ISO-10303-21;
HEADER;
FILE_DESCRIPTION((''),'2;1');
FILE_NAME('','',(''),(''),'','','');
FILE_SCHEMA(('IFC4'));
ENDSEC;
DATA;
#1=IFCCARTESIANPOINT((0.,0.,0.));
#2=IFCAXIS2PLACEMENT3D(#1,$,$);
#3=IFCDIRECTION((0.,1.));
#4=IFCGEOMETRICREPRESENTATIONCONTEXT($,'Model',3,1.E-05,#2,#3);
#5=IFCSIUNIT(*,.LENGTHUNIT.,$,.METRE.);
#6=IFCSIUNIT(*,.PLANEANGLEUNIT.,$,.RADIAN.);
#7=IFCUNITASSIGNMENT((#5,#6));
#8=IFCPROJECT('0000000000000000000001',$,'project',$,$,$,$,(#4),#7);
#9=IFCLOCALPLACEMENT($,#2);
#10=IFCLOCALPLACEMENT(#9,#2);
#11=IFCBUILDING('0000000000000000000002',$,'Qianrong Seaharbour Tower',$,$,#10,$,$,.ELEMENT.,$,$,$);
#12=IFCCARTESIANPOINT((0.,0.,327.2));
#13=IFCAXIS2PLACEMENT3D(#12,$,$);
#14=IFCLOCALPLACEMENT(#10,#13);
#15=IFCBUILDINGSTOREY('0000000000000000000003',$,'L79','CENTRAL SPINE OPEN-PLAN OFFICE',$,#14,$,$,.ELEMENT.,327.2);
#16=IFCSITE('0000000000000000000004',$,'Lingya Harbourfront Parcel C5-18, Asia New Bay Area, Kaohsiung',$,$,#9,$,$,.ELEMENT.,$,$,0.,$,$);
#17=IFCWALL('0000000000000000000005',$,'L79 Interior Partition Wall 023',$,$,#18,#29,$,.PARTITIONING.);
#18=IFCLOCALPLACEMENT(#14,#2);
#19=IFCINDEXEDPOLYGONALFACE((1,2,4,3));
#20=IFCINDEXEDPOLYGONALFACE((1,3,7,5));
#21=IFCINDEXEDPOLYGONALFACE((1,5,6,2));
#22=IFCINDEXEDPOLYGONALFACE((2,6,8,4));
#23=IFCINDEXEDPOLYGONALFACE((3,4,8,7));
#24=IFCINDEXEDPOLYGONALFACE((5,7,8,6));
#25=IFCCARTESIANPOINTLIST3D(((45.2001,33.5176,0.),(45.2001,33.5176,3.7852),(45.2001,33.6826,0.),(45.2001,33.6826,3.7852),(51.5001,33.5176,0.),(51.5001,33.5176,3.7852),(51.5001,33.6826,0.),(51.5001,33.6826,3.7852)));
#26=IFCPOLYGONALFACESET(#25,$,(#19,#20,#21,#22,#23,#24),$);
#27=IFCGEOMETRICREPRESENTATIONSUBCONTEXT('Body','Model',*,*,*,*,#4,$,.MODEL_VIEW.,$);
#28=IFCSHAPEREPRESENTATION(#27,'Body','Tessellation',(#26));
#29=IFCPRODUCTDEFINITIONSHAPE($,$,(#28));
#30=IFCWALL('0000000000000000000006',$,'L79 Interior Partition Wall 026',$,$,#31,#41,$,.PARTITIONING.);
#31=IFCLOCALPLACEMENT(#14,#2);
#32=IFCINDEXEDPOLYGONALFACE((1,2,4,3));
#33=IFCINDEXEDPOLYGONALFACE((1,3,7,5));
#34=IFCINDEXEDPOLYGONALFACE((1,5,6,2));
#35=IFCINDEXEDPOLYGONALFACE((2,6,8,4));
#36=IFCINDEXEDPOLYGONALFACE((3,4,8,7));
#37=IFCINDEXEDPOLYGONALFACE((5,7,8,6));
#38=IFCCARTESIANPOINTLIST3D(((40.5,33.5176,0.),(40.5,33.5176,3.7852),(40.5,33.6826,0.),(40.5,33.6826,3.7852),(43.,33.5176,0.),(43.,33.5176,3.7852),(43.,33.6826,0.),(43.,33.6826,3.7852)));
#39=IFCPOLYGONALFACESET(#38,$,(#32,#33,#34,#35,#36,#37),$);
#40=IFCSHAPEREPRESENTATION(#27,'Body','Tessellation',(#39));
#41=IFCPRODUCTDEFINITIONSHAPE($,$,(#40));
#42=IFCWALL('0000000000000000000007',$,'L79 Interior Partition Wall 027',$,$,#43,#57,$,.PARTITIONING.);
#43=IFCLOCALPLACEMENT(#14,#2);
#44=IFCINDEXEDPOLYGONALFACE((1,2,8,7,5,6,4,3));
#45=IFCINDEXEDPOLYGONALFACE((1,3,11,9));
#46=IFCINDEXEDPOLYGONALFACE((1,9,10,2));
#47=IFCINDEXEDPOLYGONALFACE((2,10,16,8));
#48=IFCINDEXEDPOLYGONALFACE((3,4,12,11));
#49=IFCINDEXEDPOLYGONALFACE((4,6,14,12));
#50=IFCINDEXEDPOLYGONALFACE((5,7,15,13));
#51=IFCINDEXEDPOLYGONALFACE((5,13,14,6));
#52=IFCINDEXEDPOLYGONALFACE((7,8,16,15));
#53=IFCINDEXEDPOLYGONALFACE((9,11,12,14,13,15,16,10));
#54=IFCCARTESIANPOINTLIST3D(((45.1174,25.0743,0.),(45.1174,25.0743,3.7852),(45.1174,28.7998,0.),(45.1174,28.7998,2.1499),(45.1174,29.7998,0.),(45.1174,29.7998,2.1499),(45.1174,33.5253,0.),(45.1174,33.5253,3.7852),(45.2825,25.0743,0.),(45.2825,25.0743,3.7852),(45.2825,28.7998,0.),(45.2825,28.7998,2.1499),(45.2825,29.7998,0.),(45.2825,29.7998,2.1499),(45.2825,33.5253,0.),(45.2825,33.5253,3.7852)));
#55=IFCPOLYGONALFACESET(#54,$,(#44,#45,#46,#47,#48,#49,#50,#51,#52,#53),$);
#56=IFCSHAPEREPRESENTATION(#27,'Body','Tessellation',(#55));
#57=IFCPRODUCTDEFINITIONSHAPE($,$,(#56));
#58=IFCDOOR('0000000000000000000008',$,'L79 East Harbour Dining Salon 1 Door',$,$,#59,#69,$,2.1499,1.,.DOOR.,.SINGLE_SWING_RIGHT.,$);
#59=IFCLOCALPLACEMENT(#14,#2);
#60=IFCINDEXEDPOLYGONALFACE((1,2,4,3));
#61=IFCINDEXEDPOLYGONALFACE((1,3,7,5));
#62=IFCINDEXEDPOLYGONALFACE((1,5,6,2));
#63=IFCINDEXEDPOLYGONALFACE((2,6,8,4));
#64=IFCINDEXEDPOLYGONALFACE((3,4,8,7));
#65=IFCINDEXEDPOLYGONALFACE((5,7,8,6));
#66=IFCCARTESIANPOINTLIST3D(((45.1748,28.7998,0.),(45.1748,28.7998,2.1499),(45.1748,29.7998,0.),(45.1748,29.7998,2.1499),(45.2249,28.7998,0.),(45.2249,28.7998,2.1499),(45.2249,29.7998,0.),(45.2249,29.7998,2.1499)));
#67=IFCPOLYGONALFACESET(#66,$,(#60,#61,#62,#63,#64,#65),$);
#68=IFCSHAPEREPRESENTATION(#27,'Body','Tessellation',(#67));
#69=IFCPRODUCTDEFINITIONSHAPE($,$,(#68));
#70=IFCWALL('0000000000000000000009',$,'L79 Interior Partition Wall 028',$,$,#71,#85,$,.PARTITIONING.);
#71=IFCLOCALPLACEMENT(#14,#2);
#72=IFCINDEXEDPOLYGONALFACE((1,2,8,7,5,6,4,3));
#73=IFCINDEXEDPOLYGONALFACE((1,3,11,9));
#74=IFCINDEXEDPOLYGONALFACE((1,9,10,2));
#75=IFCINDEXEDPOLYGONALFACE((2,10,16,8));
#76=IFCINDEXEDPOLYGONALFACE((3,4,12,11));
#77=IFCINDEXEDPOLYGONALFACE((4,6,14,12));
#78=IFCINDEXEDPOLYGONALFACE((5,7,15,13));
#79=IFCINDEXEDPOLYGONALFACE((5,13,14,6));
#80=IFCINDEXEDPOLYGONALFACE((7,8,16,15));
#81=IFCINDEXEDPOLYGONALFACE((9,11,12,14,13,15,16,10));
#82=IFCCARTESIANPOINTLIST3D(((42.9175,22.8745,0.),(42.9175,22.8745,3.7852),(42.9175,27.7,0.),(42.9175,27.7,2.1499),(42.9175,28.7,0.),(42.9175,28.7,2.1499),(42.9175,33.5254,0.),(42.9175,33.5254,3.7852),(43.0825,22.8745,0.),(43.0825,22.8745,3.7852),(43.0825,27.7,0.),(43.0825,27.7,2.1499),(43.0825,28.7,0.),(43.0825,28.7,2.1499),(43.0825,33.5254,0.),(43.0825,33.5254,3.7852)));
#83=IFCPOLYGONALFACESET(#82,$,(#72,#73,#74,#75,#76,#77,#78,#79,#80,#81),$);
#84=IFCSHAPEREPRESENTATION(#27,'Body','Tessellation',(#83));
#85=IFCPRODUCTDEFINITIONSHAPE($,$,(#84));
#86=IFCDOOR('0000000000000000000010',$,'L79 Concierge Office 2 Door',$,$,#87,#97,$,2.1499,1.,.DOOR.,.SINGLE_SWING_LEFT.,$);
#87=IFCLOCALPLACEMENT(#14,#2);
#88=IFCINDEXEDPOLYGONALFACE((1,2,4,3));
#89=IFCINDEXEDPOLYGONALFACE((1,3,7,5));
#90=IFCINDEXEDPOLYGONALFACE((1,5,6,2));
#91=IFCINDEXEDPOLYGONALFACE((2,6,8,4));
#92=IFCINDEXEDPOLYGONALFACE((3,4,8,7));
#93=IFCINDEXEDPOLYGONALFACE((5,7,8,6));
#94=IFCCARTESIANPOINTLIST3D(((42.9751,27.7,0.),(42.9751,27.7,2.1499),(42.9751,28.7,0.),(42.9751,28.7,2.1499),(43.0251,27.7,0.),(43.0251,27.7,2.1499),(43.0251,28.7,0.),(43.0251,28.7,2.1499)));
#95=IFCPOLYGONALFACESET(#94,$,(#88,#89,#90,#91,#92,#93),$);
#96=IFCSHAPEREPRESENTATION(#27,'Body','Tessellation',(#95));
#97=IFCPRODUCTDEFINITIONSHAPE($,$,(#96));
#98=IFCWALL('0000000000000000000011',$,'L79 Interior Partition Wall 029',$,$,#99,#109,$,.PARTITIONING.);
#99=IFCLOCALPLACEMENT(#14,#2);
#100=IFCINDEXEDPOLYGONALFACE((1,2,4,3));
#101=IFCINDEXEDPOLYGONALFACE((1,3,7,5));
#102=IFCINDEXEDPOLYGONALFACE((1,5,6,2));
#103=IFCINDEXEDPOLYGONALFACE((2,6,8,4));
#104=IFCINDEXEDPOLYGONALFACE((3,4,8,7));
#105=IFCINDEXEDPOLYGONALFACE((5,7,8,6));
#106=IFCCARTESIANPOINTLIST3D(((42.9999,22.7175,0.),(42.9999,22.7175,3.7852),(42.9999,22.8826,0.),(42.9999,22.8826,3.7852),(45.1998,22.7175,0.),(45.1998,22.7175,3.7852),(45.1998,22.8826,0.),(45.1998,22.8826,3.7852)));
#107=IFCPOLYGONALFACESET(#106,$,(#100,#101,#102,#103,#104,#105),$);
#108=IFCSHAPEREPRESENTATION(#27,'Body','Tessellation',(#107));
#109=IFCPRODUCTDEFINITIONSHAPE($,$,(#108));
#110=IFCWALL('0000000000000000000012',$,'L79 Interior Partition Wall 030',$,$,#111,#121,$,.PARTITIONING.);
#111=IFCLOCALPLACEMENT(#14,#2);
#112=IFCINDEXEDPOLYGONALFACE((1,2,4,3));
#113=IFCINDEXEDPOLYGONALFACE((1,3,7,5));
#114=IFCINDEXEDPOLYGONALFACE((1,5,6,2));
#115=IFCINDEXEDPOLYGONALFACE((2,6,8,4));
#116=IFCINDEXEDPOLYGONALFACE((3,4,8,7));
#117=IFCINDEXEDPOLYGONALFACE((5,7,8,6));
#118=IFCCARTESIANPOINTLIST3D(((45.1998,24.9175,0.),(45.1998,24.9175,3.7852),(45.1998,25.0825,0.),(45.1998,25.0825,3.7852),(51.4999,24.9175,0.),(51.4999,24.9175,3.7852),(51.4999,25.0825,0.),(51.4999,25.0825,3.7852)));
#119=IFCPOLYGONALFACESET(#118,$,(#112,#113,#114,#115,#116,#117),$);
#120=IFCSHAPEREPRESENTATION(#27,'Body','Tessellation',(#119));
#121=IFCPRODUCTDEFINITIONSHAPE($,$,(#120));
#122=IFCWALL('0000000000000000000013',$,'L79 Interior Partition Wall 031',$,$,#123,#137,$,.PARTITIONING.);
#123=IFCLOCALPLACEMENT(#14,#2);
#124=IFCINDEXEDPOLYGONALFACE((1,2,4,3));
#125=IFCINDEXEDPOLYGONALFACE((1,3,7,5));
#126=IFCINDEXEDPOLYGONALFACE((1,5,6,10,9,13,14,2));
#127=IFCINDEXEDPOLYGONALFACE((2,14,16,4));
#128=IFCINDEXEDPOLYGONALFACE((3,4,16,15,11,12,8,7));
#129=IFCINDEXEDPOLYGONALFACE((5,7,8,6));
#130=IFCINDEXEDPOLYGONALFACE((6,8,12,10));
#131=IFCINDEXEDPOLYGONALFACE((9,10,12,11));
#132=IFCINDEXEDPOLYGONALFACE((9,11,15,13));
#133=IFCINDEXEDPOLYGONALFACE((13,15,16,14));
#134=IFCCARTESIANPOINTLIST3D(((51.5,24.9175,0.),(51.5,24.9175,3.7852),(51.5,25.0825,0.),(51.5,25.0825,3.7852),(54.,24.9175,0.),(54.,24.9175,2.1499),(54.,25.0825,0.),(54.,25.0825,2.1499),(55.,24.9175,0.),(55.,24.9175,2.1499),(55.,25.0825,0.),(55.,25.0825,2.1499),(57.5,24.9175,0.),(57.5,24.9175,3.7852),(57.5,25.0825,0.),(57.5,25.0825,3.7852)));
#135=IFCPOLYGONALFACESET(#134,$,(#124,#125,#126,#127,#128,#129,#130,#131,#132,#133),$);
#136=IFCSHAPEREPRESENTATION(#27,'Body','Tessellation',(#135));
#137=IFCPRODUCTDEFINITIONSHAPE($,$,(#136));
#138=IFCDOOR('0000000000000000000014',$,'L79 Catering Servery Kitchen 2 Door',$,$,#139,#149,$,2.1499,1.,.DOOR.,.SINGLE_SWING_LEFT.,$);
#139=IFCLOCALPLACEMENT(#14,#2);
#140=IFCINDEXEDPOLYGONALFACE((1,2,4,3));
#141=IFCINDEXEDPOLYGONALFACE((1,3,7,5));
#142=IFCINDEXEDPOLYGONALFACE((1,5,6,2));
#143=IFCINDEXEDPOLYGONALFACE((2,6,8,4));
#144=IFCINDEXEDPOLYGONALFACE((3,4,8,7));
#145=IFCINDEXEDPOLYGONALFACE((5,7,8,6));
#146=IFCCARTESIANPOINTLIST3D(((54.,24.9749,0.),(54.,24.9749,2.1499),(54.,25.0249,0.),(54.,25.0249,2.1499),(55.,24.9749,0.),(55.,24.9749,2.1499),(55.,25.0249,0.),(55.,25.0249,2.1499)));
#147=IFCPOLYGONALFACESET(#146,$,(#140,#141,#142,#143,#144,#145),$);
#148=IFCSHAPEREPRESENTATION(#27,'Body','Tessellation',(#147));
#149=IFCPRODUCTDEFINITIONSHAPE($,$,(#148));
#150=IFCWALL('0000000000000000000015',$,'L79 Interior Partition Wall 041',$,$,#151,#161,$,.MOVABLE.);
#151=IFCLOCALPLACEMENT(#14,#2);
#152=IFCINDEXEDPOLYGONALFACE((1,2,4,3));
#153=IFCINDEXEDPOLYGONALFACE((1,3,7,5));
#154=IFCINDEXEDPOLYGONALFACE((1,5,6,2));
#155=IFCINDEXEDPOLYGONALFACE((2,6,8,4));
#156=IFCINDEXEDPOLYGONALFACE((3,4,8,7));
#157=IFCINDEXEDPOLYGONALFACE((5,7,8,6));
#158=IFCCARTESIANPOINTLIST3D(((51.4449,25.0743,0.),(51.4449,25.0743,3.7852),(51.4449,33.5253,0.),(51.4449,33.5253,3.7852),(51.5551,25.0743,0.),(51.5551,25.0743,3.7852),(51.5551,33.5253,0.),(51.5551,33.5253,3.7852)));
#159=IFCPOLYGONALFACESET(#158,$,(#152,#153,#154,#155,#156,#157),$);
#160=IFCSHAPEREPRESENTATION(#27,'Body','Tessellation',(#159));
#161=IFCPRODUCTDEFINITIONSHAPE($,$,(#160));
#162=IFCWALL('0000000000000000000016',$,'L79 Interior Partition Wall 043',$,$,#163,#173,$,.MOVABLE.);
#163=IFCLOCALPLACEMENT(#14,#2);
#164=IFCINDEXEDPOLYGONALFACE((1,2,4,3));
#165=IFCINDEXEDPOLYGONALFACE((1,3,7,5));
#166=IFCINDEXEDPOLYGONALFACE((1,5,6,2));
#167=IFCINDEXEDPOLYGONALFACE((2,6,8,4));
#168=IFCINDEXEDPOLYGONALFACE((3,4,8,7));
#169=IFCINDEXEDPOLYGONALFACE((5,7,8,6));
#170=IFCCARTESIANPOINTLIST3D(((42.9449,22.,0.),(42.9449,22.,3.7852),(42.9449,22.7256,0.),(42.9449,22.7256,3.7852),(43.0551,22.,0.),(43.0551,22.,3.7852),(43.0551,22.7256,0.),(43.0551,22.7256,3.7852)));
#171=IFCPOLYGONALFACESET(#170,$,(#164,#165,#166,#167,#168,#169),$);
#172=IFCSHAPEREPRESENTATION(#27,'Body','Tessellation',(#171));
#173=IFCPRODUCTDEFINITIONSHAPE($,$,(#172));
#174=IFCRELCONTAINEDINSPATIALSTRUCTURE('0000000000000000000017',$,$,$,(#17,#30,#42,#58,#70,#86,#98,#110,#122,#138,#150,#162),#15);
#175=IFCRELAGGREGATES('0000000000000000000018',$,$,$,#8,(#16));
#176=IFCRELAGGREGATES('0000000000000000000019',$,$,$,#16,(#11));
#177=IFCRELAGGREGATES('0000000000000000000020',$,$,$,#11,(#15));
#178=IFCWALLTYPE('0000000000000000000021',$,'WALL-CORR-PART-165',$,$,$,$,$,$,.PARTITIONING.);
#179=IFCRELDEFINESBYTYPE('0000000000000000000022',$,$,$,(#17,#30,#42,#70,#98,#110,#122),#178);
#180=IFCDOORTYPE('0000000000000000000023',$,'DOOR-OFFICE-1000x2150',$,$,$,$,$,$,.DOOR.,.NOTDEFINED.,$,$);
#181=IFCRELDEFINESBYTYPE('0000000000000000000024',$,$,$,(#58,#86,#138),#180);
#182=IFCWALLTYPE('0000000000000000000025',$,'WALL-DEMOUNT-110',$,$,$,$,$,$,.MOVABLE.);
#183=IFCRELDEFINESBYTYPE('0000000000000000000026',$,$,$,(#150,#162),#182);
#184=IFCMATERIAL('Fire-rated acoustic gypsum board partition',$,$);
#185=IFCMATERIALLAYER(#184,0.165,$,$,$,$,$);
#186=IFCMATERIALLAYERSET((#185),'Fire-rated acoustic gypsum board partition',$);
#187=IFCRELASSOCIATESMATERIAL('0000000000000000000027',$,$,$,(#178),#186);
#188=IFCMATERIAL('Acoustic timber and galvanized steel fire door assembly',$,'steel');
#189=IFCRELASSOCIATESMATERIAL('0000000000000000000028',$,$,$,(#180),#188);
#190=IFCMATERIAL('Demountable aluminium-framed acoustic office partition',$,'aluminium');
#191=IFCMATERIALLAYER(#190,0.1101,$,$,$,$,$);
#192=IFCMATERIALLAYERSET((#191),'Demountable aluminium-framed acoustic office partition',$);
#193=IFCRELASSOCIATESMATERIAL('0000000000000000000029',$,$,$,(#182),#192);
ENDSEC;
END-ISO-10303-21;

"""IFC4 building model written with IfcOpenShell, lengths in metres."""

from ifc_helpers import new_model, si_unit, direction, frame, frame_2d, origin, place, context, subcontext, project, spatial, rectangle, extrude, material, layer, layer_set, type_object, element, fill, save


model = new_model("IFC4")

# Units and contexts
model_context = context("Model", 3, precision=1e-05, world=origin(), true_north=direction((0.0, 1.0)))
body_context = subcontext(model_context, "Body", "Model", "MODEL_VIEW")
ifc_project = project(units=[si_unit("LENGTHUNIT", "METRE"), si_unit("PLANEANGLEUNIT", "RADIAN")], contexts=[model_context])

# Site, building, storey
site_placement = place(None, origin())
site = spatial("IfcSite", under=ifc_project, at=site_placement, Name="Lingya Harbourfront Parcel C5-18, Asia New Bay Area, Kaohsiung", CompositionType="ELEMENT", RefElevation=0.0)
building_placement = place(site_placement, origin())
building = spatial("IfcBuilding", under=site, at=building_placement, Name="Qianrong Seaharbour Tower", CompositionType="ELEMENT")
storey_placement = place(building_placement, frame((0.0, 0.0, 327.2)))
storey = spatial("IfcBuildingStorey", under=building, at=storey_placement, Name="L79", Description="CENTRAL SPINE OPEN-PLAN OFFICE", CompositionType="ELEMENT", Elevation=327.2)

# Walls
ifc_material_1 = material(Name="Fire-rated acoustic gypsum board partition")
ifc_layer_1 = layer(ifc_material_1, 0.165)
ifc_layer_set_1 = layer_set([ifc_layer_1], Name="Fire-rated acoustic gypsum board partition")
wall_type_1 = type_object("IfcWallType", Name="WALL-CORR-PART-165", PredefinedType="PARTITIONING", material=ifc_layer_set_1)
wall_1_placement = place(storey_placement, frame((51.5, 33.6001, 0.0), z_axis=(0.0, 0.0, 1.0), x_axis=(-1.0, 0.0, 0.0)))
element("IfcWall", 1, at=wall_1_placement, inside=storey, type_object=wall_type_1, Name="L79 Interior Partition Wall 023", PredefinedType="PARTITIONING", context=body_context, shape_type="SweptSolid", body=[
    extrude(rectangle(XDim=6.3, YDim=0.165, at=frame_2d((3.1499, 0.0))), origin(), (0.0, 0.0, 1.0), 3.7852),
])
wall_2_placement = place(storey_placement, frame((43.0, 33.6001, 0.0), z_axis=(0.0, 0.0, 1.0), x_axis=(-1.0, 0.0, 0.0)))
element("IfcWall", 2, at=wall_2_placement, inside=storey, type_object=wall_type_1, Name="L79 Interior Partition Wall 026", PredefinedType="PARTITIONING", context=body_context, shape_type="SweptSolid", body=[
    extrude(rectangle(XDim=2.5, YDim=0.165, at=frame_2d((1.25, 0.0))), origin(), (0.0, 0.0, 1.0), 3.7852),
])

# Walls, openings, doors
wall_3_placement = place(storey_placement, frame((45.2, 33.5254, 0.0), z_axis=(0.0, 0.0, 1.0), x_axis=(0.0, -1.0, 0.0)))
wall_3 = element("IfcWall", 3, at=wall_3_placement, inside=storey, type_object=wall_type_1, Name="L79 Interior Partition Wall 027", PredefinedType="PARTITIONING", context=body_context, shape_type="SweptSolid", body=[
    extrude(rectangle(XDim=8.4509, YDim=0.165, at=frame_2d((4.2256, 0.0))), origin(), (0.0, 0.0, 1.0), 3.7852),
])
opening_1_placement = place(wall_3_placement, frame((3.7256, 0.0, 0.0)))
opening_1 = element("IfcOpeningElement", 4, at=opening_1_placement, cuts=wall_3, PredefinedType="OPENING", context=body_context, shape_type="SweptSolid", body=[
    extrude(rectangle(XDim=1.0, YDim=2.1499, at=frame_2d((0.5, 1.075))), frame((0.0, 0.0925, 0.0), z_axis=(0.0, -1.0, 0.0), x_axis=(1.0, 0.0, 0.0)), (0.0, 0.0, 1.0), 0.1851),
])
ifc_material_2 = material(Name="Acoustic timber and galvanized steel fire door assembly", Category="steel")
door_type = type_object("IfcDoorType", Name="DOOR-OFFICE-1000x2150", OperationType="NOTDEFINED", PredefinedType="DOOR", material=ifc_material_2)
door_1_placement = place(opening_1_placement, origin())
door_1 = element("IfcDoor", 5, at=door_1_placement, inside=storey, type_object=door_type, Name="L79 East Harbour Dining Salon 1 Door", OperationType="SINGLE_SWING_RIGHT", OverallHeight=2.1499, OverallWidth=1.0, PredefinedType="DOOR", context=body_context, shape_type="SweptSolid", body=[
    extrude(rectangle(XDim=1.0, YDim=2.1499, at=frame_2d((0.5, 1.075))), frame((0.0, 0.0249, 0.0), z_axis=(0.0, -1.0, 0.0), x_axis=(1.0, 0.0, 0.0)), (0.0, 0.0, 1.0), 0.05),
])
fill(opening_1, door_1)
wall_4_placement = place(storey_placement, frame((43.0, 22.8745, 0.0), z_axis=(0.0, 0.0, 1.0), x_axis=(0.0, 1.0, 0.0)))
wall_4 = element("IfcWall", 6, at=wall_4_placement, inside=storey, type_object=wall_type_1, Name="L79 Interior Partition Wall 028", PredefinedType="PARTITIONING", context=body_context, shape_type="SweptSolid", body=[
    extrude(rectangle(XDim=10.6509, YDim=0.165, at=frame_2d((5.3254, 0.0))), origin(), (0.0, 0.0, 1.0), 3.7852),
])
opening_2_placement = place(wall_4_placement, frame((4.8254, 0.0, 0.0)))
opening_2 = element("IfcOpeningElement", 7, at=opening_2_placement, cuts=wall_4, PredefinedType="OPENING", context=body_context, shape_type="SweptSolid", body=[
    extrude(rectangle(XDim=1.0, YDim=2.1499, at=frame_2d((0.5, 1.075))), frame((0.0, 0.0925, 0.0), z_axis=(0.0, -1.0, 0.0), x_axis=(1.0, 0.0, 0.0)), (0.0, 0.0, 1.0), 0.1851),
])
door_2_placement = place(opening_2_placement, origin())
door_2 = element("IfcDoor", 8, at=door_2_placement, inside=storey, type_object=door_type, Name="L79 Concierge Office 2 Door", OperationType="SINGLE_SWING_LEFT", OverallHeight=2.1499, OverallWidth=1.0, PredefinedType="DOOR", context=body_context, shape_type="SweptSolid", body=[
    extrude(rectangle(XDim=1.0, YDim=2.1499, at=frame_2d((0.5, 1.075))), frame((0.0, 0.0249, 0.0), z_axis=(0.0, -1.0, 0.0), x_axis=(1.0, 0.0, 0.0)), (0.0, 0.0, 1.0), 0.05),
])
fill(opening_2, door_2)

# Walls
wall_5_placement = place(storey_placement, frame((45.2, 22.8, 0.0), z_axis=(0.0, 0.0, 1.0), x_axis=(-1.0, 0.0, 0.0)))
element("IfcWall", 9, at=wall_5_placement, inside=storey, type_object=wall_type_1, Name="L79 Interior Partition Wall 029", PredefinedType="PARTITIONING", context=body_context, shape_type="SweptSolid", body=[
    extrude(rectangle(XDim=2.2, YDim=0.165, at=frame_2d((1.1001, 0.0))), origin(), (0.0, 0.0, 1.0), 3.7852),
])
wall_6_placement = place(storey_placement, frame((45.2, 25.0, 0.0), z_axis=(0.0, 0.0, 1.0), x_axis=(1.0, 0.0, 0.0)))
element("IfcWall", 10, at=wall_6_placement, inside=storey, type_object=wall_type_1, Name="L79 Interior Partition Wall 030", PredefinedType="PARTITIONING", context=body_context, shape_type="SweptSolid", body=[
    extrude(rectangle(XDim=6.3, YDim=0.165, at=frame_2d((3.1499, 0.0))), origin(), (0.0, 0.0, 1.0), 3.7852),
])

# Wall, opening, door
wall_7_placement = place(storey_placement, frame((51.5, 25.0, 0.0), z_axis=(0.0, 0.0, 1.0), x_axis=(1.0, 0.0, 0.0)))
wall_7 = element("IfcWall", 11, at=wall_7_placement, inside=storey, type_object=wall_type_1, Name="L79 Interior Partition Wall 031", PredefinedType="PARTITIONING", context=body_context, shape_type="SweptSolid", body=[
    extrude(rectangle(XDim=6.0, YDim=0.165, at=frame_2d((3.0, 0.0))), origin(), (0.0, 0.0, 1.0), 3.7852),
])
opening_3_placement = place(wall_7_placement, frame((2.5, 0.0, 0.0)))
opening_3 = element("IfcOpeningElement", 12, at=opening_3_placement, cuts=wall_7, PredefinedType="OPENING", context=body_context, shape_type="SweptSolid", body=[
    extrude(rectangle(XDim=1.0, YDim=2.1499, at=frame_2d((0.5, 1.075))), frame((0.0, 0.0925, 0.0), z_axis=(0.0, -1.0, 0.0), x_axis=(1.0, 0.0, 0.0)), (0.0, 0.0, 1.0), 0.1851),
])
door_3_placement = place(opening_3_placement, origin())
door_3 = element("IfcDoor", 13, at=door_3_placement, inside=storey, type_object=door_type, Name="L79 Catering Servery Kitchen 2 Door", OperationType="SINGLE_SWING_LEFT", OverallHeight=2.1499, OverallWidth=1.0, PredefinedType="DOOR", context=body_context, shape_type="SweptSolid", body=[
    extrude(rectangle(XDim=1.0, YDim=2.1499, at=frame_2d((0.5, 1.075))), frame((0.0, 0.0249, 0.0), z_axis=(0.0, -1.0, 0.0), x_axis=(1.0, 0.0, 0.0)), (0.0, 0.0, 1.0), 0.05),
])
fill(opening_3, door_3)

# Walls
ifc_material_3 = material(Name="Demountable aluminium-framed acoustic office partition", Category="aluminium")
ifc_layer_2 = layer(ifc_material_3, 0.1101)
ifc_layer_set_2 = layer_set([ifc_layer_2], Name="Demountable aluminium-framed acoustic office partition")
wall_type_2 = type_object("IfcWallType", Name="WALL-DEMOUNT-110", PredefinedType="MOVABLE", material=ifc_layer_set_2)
wall_8_placement = place(storey_placement, frame((51.5, 33.5254, 0.0), z_axis=(0.0, 0.0, 1.0), x_axis=(0.0, -1.0, 0.0)))
element("IfcWall", 14, at=wall_8_placement, inside=storey, type_object=wall_type_2, Name="L79 Interior Partition Wall 041", PredefinedType="MOVABLE", context=body_context, shape_type="SweptSolid", body=[
    extrude(rectangle(XDim=8.4509, YDim=0.1101, at=frame_2d((4.2256, 0.0))), origin(), (0.0, 0.0, 1.0), 3.7852),
])
wall_9_placement = place(storey_placement, frame((43.0, 22.7256, 0.0), z_axis=(0.0, 0.0, 1.0), x_axis=(0.0, -1.0, 0.0)))
element("IfcWall", 15, at=wall_9_placement, inside=storey, type_object=wall_type_2, Name="L79 Interior Partition Wall 043", PredefinedType="MOVABLE", context=body_context, shape_type="SweptSolid", body=[
    extrude(rectangle(XDim=0.7256, YDim=0.1101, at=frame_2d((0.3628, 0.0))), origin(), (0.0, 0.0, 1.0), 3.7852),
])

save(model, "model.ifc")
